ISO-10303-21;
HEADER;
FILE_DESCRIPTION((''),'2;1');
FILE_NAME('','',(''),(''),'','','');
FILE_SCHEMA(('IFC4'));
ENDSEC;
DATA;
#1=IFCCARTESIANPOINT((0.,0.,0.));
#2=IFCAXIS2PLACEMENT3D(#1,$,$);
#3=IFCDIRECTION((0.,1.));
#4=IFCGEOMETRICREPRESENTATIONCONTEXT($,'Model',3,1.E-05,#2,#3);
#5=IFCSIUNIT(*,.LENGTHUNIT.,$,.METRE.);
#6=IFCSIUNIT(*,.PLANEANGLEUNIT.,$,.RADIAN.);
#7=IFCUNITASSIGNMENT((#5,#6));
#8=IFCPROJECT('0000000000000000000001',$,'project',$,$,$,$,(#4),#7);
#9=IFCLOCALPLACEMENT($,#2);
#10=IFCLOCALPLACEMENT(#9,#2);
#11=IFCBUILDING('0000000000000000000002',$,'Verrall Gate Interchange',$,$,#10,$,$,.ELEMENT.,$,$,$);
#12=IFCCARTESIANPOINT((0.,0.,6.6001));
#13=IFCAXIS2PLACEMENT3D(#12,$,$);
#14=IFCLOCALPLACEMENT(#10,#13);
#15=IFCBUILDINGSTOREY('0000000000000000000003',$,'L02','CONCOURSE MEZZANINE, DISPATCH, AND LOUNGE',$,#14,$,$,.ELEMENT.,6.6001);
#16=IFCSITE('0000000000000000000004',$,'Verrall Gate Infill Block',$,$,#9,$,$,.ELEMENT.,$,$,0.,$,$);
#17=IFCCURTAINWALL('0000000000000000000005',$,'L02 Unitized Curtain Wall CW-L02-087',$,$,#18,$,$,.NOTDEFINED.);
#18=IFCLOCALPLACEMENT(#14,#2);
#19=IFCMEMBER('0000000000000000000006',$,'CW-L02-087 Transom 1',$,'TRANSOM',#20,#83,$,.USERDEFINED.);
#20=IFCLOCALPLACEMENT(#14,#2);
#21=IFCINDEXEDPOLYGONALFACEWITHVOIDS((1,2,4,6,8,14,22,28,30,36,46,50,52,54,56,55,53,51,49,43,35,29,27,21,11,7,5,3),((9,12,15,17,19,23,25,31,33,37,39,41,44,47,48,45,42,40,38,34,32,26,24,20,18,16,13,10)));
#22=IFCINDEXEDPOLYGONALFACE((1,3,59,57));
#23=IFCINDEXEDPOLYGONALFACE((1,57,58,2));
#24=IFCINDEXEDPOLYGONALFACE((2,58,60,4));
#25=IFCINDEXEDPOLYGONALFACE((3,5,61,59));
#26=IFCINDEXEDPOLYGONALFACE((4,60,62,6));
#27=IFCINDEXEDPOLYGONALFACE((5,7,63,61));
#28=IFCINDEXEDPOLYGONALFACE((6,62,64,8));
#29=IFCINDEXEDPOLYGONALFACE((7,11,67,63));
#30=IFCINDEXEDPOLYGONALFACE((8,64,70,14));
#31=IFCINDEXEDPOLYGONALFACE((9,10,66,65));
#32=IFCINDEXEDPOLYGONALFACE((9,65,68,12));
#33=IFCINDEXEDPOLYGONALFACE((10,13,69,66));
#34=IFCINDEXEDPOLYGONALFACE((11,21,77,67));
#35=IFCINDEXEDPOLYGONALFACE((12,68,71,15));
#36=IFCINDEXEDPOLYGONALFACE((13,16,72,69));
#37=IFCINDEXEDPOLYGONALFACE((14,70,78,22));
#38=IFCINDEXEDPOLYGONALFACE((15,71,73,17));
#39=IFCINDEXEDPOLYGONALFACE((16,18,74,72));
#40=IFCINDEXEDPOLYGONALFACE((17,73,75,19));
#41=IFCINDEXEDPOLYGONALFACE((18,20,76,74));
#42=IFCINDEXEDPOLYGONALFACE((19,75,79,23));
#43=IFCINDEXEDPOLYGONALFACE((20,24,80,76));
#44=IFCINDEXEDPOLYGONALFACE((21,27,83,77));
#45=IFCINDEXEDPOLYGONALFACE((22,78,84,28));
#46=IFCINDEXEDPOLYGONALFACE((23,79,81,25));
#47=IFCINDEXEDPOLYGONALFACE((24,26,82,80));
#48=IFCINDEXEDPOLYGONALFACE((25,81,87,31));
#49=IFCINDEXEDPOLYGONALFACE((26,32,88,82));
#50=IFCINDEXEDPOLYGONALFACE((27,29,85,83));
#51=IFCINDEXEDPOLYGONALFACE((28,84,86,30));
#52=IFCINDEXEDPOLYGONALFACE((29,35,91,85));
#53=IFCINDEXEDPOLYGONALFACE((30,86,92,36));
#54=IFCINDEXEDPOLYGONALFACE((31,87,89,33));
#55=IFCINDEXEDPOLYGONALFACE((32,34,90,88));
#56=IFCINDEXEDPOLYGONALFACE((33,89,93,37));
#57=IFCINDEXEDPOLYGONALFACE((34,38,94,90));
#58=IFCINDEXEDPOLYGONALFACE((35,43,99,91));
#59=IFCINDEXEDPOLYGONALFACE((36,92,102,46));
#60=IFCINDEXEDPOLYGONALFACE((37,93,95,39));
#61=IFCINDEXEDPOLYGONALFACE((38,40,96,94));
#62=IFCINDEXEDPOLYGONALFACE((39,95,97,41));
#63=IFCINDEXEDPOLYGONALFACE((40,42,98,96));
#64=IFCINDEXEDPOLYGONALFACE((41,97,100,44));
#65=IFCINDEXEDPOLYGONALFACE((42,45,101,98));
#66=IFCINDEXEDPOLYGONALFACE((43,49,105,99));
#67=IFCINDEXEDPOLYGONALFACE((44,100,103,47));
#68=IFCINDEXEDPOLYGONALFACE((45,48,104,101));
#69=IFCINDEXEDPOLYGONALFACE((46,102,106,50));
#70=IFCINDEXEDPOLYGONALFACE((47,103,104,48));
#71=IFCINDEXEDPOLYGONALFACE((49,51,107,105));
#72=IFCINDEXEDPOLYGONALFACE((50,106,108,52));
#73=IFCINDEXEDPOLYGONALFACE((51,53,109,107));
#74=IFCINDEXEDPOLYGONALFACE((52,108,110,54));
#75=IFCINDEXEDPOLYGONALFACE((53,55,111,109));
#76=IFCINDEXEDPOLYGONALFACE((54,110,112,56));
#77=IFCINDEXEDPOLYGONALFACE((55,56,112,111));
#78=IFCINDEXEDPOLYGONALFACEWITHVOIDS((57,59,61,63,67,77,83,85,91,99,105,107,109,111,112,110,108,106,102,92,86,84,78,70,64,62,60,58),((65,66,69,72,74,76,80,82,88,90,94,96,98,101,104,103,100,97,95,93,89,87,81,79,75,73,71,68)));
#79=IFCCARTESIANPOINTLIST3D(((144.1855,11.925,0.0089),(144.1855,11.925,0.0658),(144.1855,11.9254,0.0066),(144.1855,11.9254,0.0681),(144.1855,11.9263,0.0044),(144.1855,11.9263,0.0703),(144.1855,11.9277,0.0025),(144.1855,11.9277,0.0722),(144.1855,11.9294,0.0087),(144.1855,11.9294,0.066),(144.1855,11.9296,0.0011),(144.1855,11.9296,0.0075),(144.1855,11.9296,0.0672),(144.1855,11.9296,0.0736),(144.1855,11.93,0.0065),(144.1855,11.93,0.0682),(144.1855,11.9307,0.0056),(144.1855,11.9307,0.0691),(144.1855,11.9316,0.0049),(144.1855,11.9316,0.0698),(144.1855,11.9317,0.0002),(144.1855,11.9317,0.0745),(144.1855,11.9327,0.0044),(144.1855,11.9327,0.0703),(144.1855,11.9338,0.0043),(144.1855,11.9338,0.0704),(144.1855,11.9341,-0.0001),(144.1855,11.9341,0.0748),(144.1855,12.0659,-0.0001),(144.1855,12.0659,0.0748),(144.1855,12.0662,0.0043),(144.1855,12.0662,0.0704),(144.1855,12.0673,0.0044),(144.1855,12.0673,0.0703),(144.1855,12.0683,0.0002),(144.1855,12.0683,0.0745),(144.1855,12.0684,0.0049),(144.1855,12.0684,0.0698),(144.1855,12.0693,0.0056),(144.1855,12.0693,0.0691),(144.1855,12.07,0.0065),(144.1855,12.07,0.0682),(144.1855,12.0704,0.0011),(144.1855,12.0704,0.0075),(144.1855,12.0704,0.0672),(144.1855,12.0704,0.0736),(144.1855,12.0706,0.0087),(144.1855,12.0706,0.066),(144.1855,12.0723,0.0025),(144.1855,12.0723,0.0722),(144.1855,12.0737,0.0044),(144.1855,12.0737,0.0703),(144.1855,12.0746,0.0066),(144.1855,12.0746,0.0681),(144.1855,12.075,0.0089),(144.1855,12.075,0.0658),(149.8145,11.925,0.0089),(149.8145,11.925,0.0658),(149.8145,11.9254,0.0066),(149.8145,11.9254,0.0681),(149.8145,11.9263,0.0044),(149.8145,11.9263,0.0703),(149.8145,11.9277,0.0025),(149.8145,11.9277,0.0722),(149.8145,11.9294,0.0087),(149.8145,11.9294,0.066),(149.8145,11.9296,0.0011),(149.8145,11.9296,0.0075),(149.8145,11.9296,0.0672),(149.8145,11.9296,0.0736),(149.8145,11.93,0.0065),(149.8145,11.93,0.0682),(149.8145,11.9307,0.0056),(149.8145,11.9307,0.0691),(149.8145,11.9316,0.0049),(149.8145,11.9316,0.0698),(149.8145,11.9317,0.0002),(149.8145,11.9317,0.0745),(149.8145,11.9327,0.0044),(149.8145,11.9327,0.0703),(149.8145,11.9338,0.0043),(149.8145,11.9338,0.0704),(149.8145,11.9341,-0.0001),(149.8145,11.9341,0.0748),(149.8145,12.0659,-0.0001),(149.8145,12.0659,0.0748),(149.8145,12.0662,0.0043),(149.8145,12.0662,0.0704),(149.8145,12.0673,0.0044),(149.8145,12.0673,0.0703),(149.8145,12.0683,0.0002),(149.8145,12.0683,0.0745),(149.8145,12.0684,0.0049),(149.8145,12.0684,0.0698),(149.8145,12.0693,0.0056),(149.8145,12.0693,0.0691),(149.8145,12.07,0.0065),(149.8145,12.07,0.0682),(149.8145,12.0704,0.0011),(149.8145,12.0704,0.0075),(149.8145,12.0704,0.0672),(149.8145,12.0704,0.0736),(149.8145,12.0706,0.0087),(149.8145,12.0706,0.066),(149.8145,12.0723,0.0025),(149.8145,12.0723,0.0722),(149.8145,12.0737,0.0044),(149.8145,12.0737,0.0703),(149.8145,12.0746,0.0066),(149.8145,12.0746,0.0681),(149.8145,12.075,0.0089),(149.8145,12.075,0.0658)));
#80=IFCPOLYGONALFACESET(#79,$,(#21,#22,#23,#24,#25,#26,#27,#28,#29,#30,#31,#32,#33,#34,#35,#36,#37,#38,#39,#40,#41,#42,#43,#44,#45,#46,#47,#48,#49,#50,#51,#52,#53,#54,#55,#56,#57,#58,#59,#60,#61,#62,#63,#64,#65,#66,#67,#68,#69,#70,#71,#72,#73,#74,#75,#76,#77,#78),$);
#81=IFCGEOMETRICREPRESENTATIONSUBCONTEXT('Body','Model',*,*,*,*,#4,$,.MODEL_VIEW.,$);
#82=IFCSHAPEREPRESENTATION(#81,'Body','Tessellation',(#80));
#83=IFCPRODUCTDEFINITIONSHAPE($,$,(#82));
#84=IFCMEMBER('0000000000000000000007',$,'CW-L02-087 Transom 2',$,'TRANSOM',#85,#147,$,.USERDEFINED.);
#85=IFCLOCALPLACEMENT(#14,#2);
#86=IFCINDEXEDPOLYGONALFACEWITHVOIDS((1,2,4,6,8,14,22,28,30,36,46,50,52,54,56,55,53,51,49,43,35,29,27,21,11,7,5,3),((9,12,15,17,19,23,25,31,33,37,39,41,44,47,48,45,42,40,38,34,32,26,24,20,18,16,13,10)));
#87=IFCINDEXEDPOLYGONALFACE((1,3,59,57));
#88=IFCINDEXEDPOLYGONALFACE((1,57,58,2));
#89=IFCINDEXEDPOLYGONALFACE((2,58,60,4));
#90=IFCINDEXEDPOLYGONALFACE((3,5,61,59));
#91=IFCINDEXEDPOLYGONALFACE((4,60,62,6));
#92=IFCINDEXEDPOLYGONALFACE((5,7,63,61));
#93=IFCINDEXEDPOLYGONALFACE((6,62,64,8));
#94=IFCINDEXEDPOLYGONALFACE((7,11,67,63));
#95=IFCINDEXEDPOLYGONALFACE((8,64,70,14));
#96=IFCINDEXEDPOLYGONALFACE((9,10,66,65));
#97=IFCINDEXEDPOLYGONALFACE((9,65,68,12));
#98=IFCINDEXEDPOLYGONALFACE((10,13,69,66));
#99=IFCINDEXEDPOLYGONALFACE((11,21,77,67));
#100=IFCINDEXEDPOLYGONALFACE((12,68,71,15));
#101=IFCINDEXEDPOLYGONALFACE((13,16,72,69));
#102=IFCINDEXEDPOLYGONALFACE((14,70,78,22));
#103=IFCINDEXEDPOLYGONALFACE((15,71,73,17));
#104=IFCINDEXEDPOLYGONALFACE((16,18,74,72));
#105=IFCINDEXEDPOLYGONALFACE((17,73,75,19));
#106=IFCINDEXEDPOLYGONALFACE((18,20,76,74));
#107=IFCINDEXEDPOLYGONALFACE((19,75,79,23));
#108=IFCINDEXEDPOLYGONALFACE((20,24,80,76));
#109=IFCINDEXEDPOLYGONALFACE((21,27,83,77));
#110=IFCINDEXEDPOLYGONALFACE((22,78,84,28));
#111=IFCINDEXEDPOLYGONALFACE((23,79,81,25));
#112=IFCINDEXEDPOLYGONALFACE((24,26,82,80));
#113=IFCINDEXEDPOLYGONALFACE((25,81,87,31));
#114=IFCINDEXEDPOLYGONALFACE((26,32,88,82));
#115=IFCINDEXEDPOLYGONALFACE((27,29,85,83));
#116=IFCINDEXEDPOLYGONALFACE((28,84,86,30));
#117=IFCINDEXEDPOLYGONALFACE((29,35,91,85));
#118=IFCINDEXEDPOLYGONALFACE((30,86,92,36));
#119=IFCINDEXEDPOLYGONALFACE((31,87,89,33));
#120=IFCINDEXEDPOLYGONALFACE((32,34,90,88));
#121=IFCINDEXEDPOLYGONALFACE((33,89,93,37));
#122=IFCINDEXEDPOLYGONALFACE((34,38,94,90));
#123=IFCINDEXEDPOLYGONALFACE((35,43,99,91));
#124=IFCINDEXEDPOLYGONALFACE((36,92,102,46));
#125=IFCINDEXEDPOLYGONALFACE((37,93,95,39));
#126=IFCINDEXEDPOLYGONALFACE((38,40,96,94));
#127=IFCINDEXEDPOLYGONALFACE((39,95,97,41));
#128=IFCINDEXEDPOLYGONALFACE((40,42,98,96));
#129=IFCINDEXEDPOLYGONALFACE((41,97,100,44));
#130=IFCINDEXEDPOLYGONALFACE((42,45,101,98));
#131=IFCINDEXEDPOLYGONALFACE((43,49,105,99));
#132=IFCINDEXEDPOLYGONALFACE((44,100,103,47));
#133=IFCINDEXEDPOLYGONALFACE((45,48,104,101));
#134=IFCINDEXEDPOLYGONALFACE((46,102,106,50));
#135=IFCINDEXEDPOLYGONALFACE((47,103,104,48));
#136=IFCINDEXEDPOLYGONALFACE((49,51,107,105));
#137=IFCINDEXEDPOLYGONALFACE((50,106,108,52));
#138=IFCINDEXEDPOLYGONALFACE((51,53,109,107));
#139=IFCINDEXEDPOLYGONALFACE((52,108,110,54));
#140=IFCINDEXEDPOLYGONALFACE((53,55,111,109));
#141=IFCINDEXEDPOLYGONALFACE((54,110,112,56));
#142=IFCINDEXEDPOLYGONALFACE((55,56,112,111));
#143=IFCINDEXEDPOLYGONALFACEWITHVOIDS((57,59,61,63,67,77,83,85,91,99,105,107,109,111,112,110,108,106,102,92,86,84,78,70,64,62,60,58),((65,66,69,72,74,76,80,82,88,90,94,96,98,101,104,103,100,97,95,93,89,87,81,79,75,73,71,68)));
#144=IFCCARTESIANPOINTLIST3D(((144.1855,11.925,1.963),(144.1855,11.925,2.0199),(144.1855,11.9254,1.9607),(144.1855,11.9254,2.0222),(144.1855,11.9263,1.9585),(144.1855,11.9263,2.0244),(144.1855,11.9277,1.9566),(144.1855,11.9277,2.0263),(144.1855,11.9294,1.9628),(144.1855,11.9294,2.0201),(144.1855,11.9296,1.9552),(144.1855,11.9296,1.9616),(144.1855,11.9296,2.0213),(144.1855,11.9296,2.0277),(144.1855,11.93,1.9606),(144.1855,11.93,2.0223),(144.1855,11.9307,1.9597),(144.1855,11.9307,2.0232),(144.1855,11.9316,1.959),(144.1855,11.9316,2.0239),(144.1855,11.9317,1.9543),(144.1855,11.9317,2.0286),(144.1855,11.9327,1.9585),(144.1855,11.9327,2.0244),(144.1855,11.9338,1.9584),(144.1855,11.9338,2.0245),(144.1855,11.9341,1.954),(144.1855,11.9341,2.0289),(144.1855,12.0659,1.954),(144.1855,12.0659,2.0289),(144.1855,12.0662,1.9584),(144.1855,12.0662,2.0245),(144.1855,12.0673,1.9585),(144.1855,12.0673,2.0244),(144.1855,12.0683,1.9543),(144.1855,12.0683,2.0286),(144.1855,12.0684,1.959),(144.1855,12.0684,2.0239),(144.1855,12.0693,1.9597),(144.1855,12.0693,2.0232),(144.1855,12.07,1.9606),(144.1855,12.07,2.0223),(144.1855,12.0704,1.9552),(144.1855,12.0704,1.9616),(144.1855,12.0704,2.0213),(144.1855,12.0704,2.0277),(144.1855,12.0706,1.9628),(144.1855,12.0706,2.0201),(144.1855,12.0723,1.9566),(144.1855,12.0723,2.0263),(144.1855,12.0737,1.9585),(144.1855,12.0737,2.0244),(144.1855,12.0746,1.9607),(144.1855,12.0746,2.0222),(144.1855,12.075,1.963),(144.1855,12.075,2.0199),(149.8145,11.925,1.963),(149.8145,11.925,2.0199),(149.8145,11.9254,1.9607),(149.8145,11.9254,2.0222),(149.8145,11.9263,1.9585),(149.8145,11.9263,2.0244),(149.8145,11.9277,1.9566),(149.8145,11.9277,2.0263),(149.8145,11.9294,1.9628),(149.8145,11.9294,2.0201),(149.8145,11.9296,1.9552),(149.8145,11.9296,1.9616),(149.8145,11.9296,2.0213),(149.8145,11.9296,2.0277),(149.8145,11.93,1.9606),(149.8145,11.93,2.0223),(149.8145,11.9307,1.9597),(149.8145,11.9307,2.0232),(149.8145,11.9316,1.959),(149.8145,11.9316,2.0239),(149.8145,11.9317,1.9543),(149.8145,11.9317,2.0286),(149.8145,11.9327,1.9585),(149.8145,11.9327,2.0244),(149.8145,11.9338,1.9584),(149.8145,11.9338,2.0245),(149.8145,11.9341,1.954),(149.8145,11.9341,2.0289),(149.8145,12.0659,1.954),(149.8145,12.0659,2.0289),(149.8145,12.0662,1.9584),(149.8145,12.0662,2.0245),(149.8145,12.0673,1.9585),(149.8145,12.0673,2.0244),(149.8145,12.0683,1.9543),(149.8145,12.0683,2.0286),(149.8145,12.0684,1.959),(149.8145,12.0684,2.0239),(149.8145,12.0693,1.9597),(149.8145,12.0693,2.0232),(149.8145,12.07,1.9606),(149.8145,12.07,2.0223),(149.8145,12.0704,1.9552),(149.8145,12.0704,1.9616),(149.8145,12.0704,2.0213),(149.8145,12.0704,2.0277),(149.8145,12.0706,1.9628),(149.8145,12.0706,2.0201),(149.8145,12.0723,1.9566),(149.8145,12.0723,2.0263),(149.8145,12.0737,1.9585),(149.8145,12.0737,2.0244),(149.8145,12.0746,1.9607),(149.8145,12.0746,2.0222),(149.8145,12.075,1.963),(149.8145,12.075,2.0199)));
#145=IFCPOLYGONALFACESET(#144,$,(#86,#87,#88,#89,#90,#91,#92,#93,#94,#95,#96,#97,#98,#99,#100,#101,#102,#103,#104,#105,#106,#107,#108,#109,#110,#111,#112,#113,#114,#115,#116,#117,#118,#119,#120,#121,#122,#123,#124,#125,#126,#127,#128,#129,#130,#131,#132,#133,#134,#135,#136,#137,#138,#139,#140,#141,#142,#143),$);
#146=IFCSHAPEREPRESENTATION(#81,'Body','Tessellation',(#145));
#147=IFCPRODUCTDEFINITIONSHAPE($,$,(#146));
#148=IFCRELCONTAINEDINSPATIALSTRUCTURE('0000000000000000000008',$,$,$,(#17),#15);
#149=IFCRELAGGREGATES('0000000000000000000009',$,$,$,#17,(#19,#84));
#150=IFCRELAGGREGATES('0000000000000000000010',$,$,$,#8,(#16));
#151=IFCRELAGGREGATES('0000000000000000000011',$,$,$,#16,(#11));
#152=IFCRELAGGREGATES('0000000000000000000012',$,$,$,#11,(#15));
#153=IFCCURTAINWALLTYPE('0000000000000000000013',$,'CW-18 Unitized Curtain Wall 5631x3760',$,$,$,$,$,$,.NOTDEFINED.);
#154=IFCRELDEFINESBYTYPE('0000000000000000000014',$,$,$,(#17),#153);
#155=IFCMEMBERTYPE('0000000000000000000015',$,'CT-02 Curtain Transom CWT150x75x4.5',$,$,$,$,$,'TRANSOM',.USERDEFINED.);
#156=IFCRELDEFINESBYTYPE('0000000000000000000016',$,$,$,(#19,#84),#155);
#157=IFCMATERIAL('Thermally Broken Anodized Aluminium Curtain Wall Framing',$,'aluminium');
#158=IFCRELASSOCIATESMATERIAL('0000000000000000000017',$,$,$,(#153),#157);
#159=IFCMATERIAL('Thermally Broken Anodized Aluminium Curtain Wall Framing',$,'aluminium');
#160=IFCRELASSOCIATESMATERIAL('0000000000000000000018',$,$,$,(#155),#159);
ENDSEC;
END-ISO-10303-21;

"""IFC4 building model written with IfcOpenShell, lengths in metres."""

from ifc_helpers import new_model, si_unit, direction, frame, origin, origin_2d, place, context, subcontext, project, spatial, hollow_rectangle, extrude, material, material_profile, profile_set, type_object, element, aggregate, save


model = new_model("IFC4")

# Units and contexts
model_context = context("Model", 3, precision=1e-05, world=origin(), true_north=direction((0.0, 1.0)))
body_context = subcontext(model_context, "Body", "Model", "MODEL_VIEW")
ifc_project = project(units=[si_unit("LENGTHUNIT", "METRE"), si_unit("PLANEANGLEUNIT", "RADIAN")], contexts=[model_context])

# Site, building, storey
site_placement = place(None, origin())
site = spatial("IfcSite", under=ifc_project, at=site_placement, Name="Verrall Gate Infill Block", CompositionType="ELEMENT", RefElevation=0.0)
building_placement = place(site_placement, origin())
building = spatial("IfcBuilding", under=site, at=building_placement, Name="Verrall Gate Interchange", CompositionType="ELEMENT")
storey_placement = place(building_placement, frame((0.0, 0.0, 6.6001)))
storey = spatial("IfcBuildingStorey", under=building, at=storey_placement, Name="L02", Description="CONCOURSE MEZZANINE, DISPATCH, AND LOUNGE", CompositionType="ELEMENT", Elevation=6.6001)

# Curtain wall
ifc_material_1 = material(Name="Thermally Broken Anodized Aluminium Curtain Wall Framing", Category="aluminium")
curtain_wall_type = type_object("IfcCurtainWallType", Name="CW-18 Unitized Curtain Wall 5631x3760", PredefinedType="NOTDEFINED", material=ifc_material_1)
curtain_wall_1_placement = place(storey_placement, origin())
curtain_wall_1 = element("IfcCurtainWall", 1, at=curtain_wall_1_placement, inside=storey, type_object=curtain_wall_type, Name="L02 Unitized Curtain Wall CW-L02-087", PredefinedType="NOTDEFINED")

# Members
ifc_material_2 = material(Name="Thermally Broken Anodized Aluminium Curtain Wall Framing", Category="aluminium")
ifc_material_profile_1 = material_profile(ifc_material_2, hollow_rectangle(XDim=0.1499, YDim=0.075, WallThickness=0.0044, InnerFilletRadius=0.0044, OuterFilletRadius=0.009, at=origin_2d()), Name="CWT150x75x4.5")
ifc_profile_set_1 = profile_set([ifc_material_profile_1], Name="Thermally Broken Anodized Aluminium Curtain Wall Framing")
member_type_1 = type_object("IfcMemberType", Name="CT-02 Curtain Transom CWT150x75x4.5", ElementType="TRANSOM", PredefinedType="USERDEFINED", material=ifc_profile_set_1)
member_1_placement = place(storey_placement, frame((144.1855, 12.0, 0.0374), z_axis=(1.0, 0.0, 0.0), x_axis=(0.0, 1.0, 0.0)))
member_1 = element("IfcMember", 2, at=member_1_placement, type_object=member_type_1, Name="CW-L02-087 Transom 1", ObjectType="TRANSOM", PredefinedType="USERDEFINED", context=body_context, shape_type="SweptSolid", body=[
    extrude(hollow_rectangle(XDim=0.1499, YDim=0.075, WallThickness=0.0044, InnerFilletRadius=0.0044, OuterFilletRadius=0.009, at=origin_2d()), origin(), (0.0, 0.0, 1.0), 5.6289),
])
member_2_placement = place(storey_placement, frame((144.1855, 12.0, 1.9915), z_axis=(1.0, 0.0, 0.0), x_axis=(0.0, 1.0, 0.0)))
member_2 = element("IfcMember", 3, at=member_2_placement, type_object=member_type_1, Name="CW-L02-087 Transom 2", ObjectType="TRANSOM", PredefinedType="USERDEFINED", context=body_context, shape_type="SweptSolid", body=[
    extrude(hollow_rectangle(XDim=0.1499, YDim=0.075, WallThickness=0.0044, InnerFilletRadius=0.0044, OuterFilletRadius=0.009, at=origin_2d()), origin(), (0.0, 0.0, 1.0), 5.6289),
])

aggregate(curtain_wall_1, [member_1, member_2])

save(model, "model.ifc")
